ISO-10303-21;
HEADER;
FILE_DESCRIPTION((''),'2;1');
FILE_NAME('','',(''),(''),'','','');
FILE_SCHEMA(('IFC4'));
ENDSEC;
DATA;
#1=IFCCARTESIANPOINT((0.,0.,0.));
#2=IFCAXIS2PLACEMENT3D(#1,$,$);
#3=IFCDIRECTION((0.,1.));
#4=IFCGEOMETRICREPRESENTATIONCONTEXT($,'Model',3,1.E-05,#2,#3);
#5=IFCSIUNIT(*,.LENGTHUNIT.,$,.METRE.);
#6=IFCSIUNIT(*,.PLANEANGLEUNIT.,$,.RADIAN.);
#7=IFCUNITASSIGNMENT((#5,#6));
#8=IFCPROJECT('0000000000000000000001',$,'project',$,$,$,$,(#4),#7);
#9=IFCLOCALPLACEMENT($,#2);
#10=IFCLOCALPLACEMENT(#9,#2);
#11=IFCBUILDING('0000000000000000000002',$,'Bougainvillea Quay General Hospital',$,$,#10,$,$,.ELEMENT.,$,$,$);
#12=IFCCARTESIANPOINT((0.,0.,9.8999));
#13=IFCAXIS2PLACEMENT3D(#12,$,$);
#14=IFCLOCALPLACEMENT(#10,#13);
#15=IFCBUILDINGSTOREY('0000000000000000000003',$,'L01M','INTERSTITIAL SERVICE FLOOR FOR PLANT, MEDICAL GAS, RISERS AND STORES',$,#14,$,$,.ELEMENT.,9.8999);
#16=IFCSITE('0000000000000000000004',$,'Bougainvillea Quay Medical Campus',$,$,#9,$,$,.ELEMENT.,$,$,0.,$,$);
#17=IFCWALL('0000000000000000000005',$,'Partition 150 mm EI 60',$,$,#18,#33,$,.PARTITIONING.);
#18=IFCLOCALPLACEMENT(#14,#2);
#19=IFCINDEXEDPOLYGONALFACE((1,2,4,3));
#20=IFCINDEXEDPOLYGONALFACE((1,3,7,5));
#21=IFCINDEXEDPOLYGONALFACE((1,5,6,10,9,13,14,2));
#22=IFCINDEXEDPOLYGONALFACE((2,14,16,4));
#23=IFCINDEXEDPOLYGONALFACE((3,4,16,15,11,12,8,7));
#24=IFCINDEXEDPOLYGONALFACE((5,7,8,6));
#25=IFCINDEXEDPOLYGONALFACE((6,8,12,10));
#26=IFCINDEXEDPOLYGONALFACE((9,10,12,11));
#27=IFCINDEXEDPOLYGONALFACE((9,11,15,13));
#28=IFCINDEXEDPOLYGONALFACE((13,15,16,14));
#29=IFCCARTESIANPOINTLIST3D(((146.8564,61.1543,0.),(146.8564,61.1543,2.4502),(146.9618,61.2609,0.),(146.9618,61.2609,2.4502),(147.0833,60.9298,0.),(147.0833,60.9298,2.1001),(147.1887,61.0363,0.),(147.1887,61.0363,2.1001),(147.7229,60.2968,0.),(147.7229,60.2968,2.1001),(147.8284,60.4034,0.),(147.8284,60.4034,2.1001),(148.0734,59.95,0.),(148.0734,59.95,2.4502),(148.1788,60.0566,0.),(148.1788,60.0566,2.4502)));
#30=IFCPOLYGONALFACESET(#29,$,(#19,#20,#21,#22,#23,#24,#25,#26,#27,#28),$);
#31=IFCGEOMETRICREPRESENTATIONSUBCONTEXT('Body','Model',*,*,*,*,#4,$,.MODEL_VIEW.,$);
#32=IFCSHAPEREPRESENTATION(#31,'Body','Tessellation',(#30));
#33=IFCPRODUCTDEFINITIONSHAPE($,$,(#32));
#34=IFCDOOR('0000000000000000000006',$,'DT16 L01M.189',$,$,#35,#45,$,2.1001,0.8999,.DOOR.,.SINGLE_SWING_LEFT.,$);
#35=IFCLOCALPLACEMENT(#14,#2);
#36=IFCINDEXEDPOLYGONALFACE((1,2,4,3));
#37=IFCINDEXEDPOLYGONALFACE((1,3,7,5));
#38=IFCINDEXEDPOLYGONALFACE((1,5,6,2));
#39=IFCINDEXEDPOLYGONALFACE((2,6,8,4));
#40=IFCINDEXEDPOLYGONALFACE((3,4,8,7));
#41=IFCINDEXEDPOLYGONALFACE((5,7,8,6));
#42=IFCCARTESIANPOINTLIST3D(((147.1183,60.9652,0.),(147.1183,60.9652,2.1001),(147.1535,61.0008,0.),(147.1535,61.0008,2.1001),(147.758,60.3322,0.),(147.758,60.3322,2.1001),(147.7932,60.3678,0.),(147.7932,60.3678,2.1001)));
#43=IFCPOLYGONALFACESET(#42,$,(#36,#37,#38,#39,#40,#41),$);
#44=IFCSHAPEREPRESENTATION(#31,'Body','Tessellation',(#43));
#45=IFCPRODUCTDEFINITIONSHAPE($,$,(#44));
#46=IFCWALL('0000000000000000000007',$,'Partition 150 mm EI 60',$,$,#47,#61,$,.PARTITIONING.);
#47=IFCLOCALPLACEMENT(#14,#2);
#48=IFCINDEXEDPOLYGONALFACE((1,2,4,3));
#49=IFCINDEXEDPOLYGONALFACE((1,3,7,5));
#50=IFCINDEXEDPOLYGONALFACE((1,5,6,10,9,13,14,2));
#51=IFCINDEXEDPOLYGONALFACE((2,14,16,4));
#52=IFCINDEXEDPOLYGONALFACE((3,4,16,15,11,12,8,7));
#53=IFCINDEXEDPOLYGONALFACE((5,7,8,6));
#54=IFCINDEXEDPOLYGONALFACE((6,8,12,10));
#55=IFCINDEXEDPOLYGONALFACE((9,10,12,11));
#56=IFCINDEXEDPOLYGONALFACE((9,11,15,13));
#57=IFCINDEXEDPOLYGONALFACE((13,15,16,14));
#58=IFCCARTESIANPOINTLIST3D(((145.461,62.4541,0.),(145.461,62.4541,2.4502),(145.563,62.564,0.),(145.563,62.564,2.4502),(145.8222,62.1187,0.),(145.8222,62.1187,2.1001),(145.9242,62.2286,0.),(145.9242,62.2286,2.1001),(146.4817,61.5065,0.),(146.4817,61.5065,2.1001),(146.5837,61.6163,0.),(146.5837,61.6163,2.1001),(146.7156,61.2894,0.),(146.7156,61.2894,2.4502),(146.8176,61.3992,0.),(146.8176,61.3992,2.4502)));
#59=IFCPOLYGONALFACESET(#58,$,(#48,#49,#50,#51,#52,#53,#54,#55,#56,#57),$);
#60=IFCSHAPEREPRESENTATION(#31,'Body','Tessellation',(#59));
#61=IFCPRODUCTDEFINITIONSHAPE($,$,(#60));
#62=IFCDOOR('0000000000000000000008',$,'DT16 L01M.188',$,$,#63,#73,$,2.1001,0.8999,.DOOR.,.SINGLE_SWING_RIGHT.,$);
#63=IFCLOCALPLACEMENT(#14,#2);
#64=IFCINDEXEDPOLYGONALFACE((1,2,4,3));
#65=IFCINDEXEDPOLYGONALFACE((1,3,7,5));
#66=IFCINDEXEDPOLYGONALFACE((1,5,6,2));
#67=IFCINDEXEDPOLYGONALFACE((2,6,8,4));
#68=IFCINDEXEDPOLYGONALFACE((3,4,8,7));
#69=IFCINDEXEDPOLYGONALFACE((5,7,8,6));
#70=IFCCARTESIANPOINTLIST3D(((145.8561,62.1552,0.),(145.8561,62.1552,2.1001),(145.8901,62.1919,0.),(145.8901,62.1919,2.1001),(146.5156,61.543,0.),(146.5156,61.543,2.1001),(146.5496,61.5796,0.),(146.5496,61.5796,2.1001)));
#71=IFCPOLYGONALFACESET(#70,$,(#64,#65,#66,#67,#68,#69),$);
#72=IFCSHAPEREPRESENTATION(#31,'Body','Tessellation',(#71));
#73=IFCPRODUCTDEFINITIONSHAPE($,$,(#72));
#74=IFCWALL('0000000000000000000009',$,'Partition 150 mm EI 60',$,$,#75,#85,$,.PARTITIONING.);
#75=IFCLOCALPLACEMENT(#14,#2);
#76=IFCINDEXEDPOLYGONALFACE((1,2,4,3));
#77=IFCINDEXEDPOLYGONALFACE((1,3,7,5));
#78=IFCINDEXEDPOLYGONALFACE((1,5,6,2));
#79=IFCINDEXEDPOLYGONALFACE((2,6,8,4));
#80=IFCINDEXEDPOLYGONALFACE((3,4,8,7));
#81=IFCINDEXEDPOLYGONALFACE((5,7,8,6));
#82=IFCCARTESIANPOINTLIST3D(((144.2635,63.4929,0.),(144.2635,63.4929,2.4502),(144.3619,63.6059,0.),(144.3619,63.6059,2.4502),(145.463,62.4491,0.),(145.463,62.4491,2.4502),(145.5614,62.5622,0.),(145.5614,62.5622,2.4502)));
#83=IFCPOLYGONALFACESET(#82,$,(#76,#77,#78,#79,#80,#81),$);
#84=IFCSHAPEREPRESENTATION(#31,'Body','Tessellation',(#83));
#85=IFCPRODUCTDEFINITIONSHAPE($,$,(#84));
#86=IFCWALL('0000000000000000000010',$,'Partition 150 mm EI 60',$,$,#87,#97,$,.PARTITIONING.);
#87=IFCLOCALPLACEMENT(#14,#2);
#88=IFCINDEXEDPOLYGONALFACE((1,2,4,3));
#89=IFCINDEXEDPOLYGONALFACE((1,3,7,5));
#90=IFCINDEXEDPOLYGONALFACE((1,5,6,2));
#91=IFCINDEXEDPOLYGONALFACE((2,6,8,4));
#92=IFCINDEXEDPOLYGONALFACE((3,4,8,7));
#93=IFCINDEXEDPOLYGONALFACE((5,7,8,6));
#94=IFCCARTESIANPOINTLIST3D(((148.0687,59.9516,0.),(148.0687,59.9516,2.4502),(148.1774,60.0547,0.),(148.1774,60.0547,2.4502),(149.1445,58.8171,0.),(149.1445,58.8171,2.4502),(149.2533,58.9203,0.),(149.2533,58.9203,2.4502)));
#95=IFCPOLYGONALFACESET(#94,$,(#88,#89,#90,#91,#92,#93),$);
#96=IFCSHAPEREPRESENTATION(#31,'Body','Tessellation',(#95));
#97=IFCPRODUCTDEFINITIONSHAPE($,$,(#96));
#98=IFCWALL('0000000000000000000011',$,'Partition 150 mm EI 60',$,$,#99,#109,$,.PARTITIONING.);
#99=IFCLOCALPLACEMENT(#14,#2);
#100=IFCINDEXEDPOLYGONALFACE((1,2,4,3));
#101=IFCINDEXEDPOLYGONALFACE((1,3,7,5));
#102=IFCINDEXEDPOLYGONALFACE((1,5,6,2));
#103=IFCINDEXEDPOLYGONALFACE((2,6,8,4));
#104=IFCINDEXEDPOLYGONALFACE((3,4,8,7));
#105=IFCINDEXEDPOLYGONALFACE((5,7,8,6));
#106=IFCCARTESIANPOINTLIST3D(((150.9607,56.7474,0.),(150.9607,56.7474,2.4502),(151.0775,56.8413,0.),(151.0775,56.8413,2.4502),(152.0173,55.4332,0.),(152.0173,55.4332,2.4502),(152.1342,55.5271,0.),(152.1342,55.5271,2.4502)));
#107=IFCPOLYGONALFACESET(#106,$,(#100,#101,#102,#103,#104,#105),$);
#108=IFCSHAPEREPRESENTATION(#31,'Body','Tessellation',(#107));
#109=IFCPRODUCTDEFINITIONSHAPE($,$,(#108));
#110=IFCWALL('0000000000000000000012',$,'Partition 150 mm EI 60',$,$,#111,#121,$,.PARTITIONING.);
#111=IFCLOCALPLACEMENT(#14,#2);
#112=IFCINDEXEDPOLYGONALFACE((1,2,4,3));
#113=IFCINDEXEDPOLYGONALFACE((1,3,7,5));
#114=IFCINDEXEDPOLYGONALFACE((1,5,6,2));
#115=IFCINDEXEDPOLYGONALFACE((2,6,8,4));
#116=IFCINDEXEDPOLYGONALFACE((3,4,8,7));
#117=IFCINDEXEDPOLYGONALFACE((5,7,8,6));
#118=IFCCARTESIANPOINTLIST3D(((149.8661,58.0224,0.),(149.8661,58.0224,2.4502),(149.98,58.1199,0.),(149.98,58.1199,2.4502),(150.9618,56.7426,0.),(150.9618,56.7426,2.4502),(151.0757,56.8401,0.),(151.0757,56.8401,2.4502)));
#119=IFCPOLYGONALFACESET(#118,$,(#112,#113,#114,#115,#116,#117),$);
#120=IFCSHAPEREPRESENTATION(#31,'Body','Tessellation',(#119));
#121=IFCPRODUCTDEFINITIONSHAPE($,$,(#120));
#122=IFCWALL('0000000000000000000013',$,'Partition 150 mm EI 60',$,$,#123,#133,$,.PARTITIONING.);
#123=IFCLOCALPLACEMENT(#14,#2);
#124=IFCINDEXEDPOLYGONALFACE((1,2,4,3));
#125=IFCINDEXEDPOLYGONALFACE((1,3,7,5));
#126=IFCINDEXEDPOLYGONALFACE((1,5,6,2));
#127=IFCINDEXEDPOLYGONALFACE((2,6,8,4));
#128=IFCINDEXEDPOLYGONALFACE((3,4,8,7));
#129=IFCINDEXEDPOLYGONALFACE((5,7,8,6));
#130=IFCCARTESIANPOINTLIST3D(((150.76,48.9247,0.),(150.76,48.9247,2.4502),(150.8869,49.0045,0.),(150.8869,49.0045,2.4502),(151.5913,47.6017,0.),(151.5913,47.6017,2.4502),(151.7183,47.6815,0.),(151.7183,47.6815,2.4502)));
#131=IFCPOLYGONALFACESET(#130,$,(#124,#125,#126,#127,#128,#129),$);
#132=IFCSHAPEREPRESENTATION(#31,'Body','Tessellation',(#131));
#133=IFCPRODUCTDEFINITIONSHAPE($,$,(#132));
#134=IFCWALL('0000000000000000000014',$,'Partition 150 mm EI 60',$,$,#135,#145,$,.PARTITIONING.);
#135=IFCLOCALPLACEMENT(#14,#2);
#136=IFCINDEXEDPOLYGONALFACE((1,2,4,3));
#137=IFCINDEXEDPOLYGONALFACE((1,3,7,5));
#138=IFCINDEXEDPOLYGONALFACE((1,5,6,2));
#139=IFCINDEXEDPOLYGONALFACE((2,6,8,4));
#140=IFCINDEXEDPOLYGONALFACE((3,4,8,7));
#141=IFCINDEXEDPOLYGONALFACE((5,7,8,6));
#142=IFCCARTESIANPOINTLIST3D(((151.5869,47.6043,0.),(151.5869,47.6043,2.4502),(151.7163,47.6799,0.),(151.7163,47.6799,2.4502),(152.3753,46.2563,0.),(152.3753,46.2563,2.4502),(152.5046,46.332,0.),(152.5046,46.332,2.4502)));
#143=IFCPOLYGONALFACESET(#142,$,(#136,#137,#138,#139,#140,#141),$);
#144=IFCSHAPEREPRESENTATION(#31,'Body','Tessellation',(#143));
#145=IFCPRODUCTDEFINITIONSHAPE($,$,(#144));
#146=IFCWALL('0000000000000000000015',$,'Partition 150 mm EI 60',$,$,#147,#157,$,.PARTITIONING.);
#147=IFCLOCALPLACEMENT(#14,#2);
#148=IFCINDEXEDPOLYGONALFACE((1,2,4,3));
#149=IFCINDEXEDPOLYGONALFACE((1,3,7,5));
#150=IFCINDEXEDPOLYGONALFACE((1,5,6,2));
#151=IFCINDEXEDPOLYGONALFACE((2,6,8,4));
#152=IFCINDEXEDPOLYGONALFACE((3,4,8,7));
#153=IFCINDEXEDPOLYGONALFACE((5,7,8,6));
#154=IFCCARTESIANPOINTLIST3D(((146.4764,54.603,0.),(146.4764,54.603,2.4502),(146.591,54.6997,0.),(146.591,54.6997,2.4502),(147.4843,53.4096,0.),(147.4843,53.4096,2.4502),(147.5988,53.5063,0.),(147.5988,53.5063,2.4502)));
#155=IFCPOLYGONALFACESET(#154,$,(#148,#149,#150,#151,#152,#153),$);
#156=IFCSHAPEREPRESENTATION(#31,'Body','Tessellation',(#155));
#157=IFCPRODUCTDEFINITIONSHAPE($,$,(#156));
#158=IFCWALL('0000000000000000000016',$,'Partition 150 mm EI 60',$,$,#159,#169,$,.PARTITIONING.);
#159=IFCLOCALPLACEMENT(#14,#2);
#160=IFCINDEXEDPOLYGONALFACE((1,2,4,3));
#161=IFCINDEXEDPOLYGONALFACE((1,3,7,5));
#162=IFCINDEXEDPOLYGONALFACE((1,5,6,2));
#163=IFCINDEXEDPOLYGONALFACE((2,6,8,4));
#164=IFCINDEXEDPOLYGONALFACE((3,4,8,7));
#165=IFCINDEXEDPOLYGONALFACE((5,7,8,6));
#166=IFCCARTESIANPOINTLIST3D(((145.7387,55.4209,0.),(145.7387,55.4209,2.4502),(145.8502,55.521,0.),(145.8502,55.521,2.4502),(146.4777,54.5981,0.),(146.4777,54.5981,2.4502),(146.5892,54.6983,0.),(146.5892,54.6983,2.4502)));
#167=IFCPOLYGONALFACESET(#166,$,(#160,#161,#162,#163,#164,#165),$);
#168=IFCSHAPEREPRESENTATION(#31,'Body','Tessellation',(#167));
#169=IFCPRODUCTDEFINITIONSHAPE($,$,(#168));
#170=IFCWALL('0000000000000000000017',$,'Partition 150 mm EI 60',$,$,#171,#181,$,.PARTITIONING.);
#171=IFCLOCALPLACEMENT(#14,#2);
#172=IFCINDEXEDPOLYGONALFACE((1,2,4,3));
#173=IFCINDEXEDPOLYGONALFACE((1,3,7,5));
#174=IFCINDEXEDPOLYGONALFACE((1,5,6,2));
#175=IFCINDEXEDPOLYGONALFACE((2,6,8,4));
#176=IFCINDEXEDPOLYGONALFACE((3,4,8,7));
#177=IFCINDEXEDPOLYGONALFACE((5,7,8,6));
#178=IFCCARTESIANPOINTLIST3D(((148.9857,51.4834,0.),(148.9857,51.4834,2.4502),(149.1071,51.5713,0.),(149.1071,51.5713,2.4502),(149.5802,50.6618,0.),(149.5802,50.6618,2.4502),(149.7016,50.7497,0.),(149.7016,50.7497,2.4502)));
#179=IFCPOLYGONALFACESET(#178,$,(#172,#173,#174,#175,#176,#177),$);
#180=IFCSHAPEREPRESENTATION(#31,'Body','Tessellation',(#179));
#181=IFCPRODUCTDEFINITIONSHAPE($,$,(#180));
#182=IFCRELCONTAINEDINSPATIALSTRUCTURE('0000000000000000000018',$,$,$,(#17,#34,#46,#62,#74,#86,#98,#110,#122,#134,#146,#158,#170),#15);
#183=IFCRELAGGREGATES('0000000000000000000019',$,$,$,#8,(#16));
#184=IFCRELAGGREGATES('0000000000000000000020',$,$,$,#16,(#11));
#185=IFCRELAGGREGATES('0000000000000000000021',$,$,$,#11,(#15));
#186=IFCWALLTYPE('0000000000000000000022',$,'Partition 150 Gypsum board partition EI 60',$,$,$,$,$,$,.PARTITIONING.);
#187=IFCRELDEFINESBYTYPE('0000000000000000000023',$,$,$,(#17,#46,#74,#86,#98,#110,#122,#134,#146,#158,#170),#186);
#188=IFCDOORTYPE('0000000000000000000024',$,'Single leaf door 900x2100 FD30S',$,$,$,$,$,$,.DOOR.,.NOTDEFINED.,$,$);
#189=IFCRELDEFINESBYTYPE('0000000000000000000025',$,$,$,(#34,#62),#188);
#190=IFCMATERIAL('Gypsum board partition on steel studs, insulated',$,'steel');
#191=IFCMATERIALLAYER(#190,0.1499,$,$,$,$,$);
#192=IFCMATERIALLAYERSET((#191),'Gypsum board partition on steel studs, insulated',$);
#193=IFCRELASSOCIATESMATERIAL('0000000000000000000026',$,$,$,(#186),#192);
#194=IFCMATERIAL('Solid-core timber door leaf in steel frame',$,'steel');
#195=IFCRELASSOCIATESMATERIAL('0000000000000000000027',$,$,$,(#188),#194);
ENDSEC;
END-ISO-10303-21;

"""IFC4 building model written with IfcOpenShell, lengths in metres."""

from ifc_helpers import new_model, si_unit, direction, frame, frame_2d, origin, place, context, subcontext, project, spatial, rectangle, extrude, material, layer, layer_set, type_object, element, fill, save


model = new_model("IFC4")

# Units and contexts
model_context = context("Model", 3, precision=1e-05, world=origin(), true_north=direction((0.0, 1.0)))
body_context = subcontext(model_context, "Body", "Model", "MODEL_VIEW")
ifc_project = project(units=[si_unit("LENGTHUNIT", "METRE"), si_unit("PLANEANGLEUNIT", "RADIAN")], contexts=[model_context])

# Site, building, storey
site_placement = place(None, origin())
site = spatial("IfcSite", under=ifc_project, at=site_placement, Name="Bougainvillea Quay Medical Campus", CompositionType="ELEMENT", RefElevation=0.0)
building_placement = place(site_placement, origin())
building = spatial("IfcBuilding", under=site, at=building_placement, Name="Bougainvillea Quay General Hospital", CompositionType="ELEMENT")
storey_placement = place(building_placement, frame((0.0, 0.0, 9.8999)))
storey = spatial("IfcBuildingStorey", under=building, at=storey_placement, Name="L01M", Description="INTERSTITIAL SERVICE FLOOR FOR PLANT, MEDICAL GAS, RISERS AND STORES", CompositionType="ELEMENT", Elevation=9.8999)

# Walls, openings, doors
ifc_material_1 = material(Name="Gypsum board partition on steel studs, insulated", Category="steel")
ifc_layer_1 = layer(ifc_material_1, 0.1499)
ifc_layer_set_1 = layer_set([ifc_layer_1], Name="Gypsum board partition on steel studs, insulated")
wall_type_1 = type_object("IfcWallType", Name="Partition 150 Gypsum board partition EI 60", PredefinedType="PARTITIONING", material=ifc_layer_set_1)
ifc_material_2 = material(Name="Solid-core timber door leaf in steel frame", Category="steel")
door_type = type_object("IfcDoorType", Name="Single leaf door 900x2100 FD30S", OperationType="NOTDEFINED", PredefinedType="DOOR", material=ifc_material_2)
wall_1_placement = place(storey_placement, frame((146.9092, 61.2075, 0.0), z_axis=(0.0, 0.0, 1.0), x_axis=(0.710804, -0.70339, 0.0)))
wall_1 = element("IfcWall", 1, at=wall_1_placement, inside=storey, type_object=wall_type_1, Name="Partition 150 mm EI 60", PredefinedType="PARTITIONING", context=body_context, shape_type="SweptSolid", body=[
    extrude(rectangle(XDim=1.7122, YDim=0.1499, at=frame_2d((0.856, 0.0))), origin(), (0.0, 0.0, 1.0), 2.4502),
])
opening_1_placement = place(wall_1_placement, frame((0.3191, 0.0, 0.0)))
opening_1 = element("IfcOpeningElement", 2, at=opening_1_placement, cuts=wall_1, PredefinedType="OPENING", context=body_context, shape_type="SweptSolid", body=[
    extrude(rectangle(XDim=0.8999, YDim=2.1001, at=frame_2d((0.45, 1.05))), frame((0.0, 0.085, 0.0), z_axis=(0.0, -1.0, 0.0), x_axis=(1.0, 0.0, 0.0)), (0.0, 0.0, 1.0), 0.1699),
])
door_1_placement = place(opening_1_placement, origin())
door_1 = element("IfcDoor", 3, at=door_1_placement, inside=storey, type_object=door_type, Name="DT16 L01M.189", OperationType="SINGLE_SWING_LEFT", OverallHeight=2.1001, OverallWidth=0.8999, PredefinedType="DOOR", context=body_context, shape_type="SweptSolid", body=[
    extrude(rectangle(XDim=0.8999, YDim=2.1001, at=frame_2d((0.45, 1.05))), frame((0.0, 0.0249, 0.0), z_axis=(0.0, -1.0, 0.0), x_axis=(1.0, 0.0, 0.0)), (0.0, 0.0, 1.0), 0.05),
])
fill(opening_1, door_1)
wall_2_placement = place(storey_placement, frame((145.512, 62.509, 0.0), z_axis=(0.0, 0.0, 1.0), x_axis=(0.73286, -0.68038, 0.0)))
wall_2 = element("IfcWall", 4, at=wall_2_placement, inside=storey, type_object=wall_type_1, Name="Partition 150 mm EI 60", PredefinedType="PARTITIONING", context=body_context, shape_type="SweptSolid", body=[
    extrude(rectangle(XDim=1.7119, YDim=0.1499, at=frame_2d((0.856, 0.0))), origin(), (0.0, 0.0, 1.0), 2.4502),
])
opening_2_placement = place(wall_2_placement, frame((0.4929, 0.0, 0.0)))
opening_2 = element("IfcOpeningElement", 5, at=opening_2_placement, cuts=wall_2, PredefinedType="OPENING", context=body_context, shape_type="SweptSolid", body=[
    extrude(rectangle(XDim=0.8999, YDim=2.1001, at=frame_2d((0.45, 1.05))), frame((0.0, 0.085, 0.0), z_axis=(0.0, -1.0, 0.0), x_axis=(1.0, 0.0, 0.0)), (0.0, 0.0, 1.0), 0.1699),
])
door_2_placement = place(opening_2_placement, origin())
door_2 = element("IfcDoor", 6, at=door_2_placement, inside=storey, type_object=door_type, Name="DT16 L01M.188", OperationType="SINGLE_SWING_RIGHT", OverallHeight=2.1001, OverallWidth=0.8999, PredefinedType="DOOR", context=body_context, shape_type="SweptSolid", body=[
    extrude(rectangle(XDim=0.8999, YDim=2.1001, at=frame_2d((0.45, 1.05))), frame((0.0, 0.0249, 0.0), z_axis=(0.0, -1.0, 0.0), x_axis=(1.0, 0.0, 0.0)), (0.0, 0.0, 1.0), 0.05),
])
fill(opening_2, door_2)

# Walls
wall_3_placement = place(storey_placement, frame((144.3127, 63.5493, 0.0), z_axis=(0.0, 0.0, 1.0), x_axis=(0.754391, -0.656426, 0.0)))
element("IfcWall", 7, at=wall_3_placement, inside=storey, type_object=wall_type_1, Name="Partition 150 mm EI 60", PredefinedType="PARTITIONING", context=body_context, shape_type="SweptSolid", body=[
    extrude(rectangle(XDim=1.5901, YDim=0.1499, at=frame_2d((0.7949, 0.0))), origin(), (0.0, 0.0, 1.0), 2.4502),
])
wall_4_placement = place(storey_placement, frame((148.123, 60.0032, 0.0), z_axis=(0.0, 0.0, 1.0), x_axis=(0.688121, -0.725596, 0.0)))
element("IfcWall", 8, at=wall_4_placement, inside=storey, type_object=wall_type_1, Name="Partition 150 mm EI 60", PredefinedType="PARTITIONING", context=body_context, shape_type="SweptSolid", body=[
    extrude(rectangle(XDim=1.5635, YDim=0.1499, at=frame_2d((0.7817, 0.0))), origin(), (0.0, 0.0, 1.0), 2.4502),
])
wall_5_placement = place(storey_placement, frame((151.019, 56.7944, 0.0), z_axis=(0.0, 0.0, 1.0), x_axis=(0.6266, -0.779341, 0.0)))
element("IfcWall", 9, at=wall_5_placement, inside=storey, type_object=wall_type_1, Name="Partition 150 mm EI 60", PredefinedType="PARTITIONING", context=body_context, shape_type="SweptSolid", body=[
    extrude(rectangle(XDim=1.6863, YDim=0.1499, at=frame_2d((0.8433, 0.0))), origin(), (0.0, 0.0, 1.0), 2.4502),
])
wall_6_placement = place(storey_placement, frame((149.9231, 58.071, 0.0), z_axis=(0.0, 0.0, 1.0), x_axis=(0.650362, -0.759625, 0.0)))
element("IfcWall", 10, at=wall_6_placement, inside=storey, type_object=wall_type_1, Name="Partition 150 mm EI 60", PredefinedType="PARTITIONING", context=body_context, shape_type="SweptSolid", body=[
    extrude(rectangle(XDim=1.6848, YDim=0.1499, at=frame_2d((0.8423, 0.0))), origin(), (0.0, 0.0, 1.0), 2.4502),
])
wall_7_placement = place(storey_placement, frame((150.8235, 48.9646, 0.0), z_axis=(0.0, 0.0, 1.0), x_axis=(0.532034, -0.846723, 0.0)))
element("IfcWall", 11, at=wall_7_placement, inside=storey, type_object=wall_type_1, Name="Partition 150 mm EI 60", PredefinedType="PARTITIONING", context=body_context, shape_type="SweptSolid", body=[
    extrude(rectangle(XDim=1.5625, YDim=0.1499, at=frame_2d((0.7812, 0.0))), origin(), (0.0, 0.0, 1.0), 2.4502),
])
wall_8_placement = place(storey_placement, frame((151.6516, 47.6421, 0.0), z_axis=(0.0, 0.0, 1.0), x_axis=(0.504853, -0.863206, 0.0)))
element("IfcWall", 12, at=wall_8_placement, inside=storey, type_object=wall_type_1, Name="Partition 150 mm EI 60", PredefinedType="PARTITIONING", context=body_context, shape_type="SweptSolid", body=[
    extrude(rectangle(XDim=1.5615, YDim=0.1499, at=frame_2d((0.7808, 0.0))), origin(), (0.0, 0.0, 1.0), 2.4502),
])
wall_9_placement = place(storey_placement, frame((146.5337, 54.6514, 0.0), z_axis=(0.0, 0.0, 1.0), x_axis=(0.645213, -0.764003, 0.0)))
element("IfcWall", 13, at=wall_9_placement, inside=storey, type_object=wall_type_1, Name="Partition 150 mm EI 60", PredefinedType="PARTITIONING", context=body_context, shape_type="SweptSolid", body=[
    extrude(rectangle(XDim=1.562, YDim=0.1499, at=frame_2d((0.781, 0.0))), origin(), (0.0, 0.0, 1.0), 2.4502),
])
wall_10_placement = place(storey_placement, frame((145.7944, 55.4709, 0.0), z_axis=(0.0, 0.0, 1.0), x_axis=(0.668233, -0.743952, 0.0)))
element("IfcWall", 14, at=wall_10_placement, inside=storey, type_object=wall_type_1, Name="Partition 150 mm EI 60", PredefinedType="PARTITIONING", context=body_context, shape_type="SweptSolid", body=[
    extrude(rectangle(XDim=1.106, YDim=0.1499, at=frame_2d((0.553, 0.0))), origin(), (0.0, 0.0, 1.0), 2.4502),
])
wall_11_placement = place(storey_placement, frame((149.0464, 51.5273, 0.0), z_axis=(0.0, 0.0, 1.0), x_axis=(0.586237, -0.810139, 0.0)))
element("IfcWall", 15, at=wall_11_placement, inside=storey, type_object=wall_type_1, Name="Partition 150 mm EI 60", PredefinedType="PARTITIONING", context=body_context, shape_type="SweptSolid", body=[
    extrude(rectangle(XDim=1.0142, YDim=0.1499, at=frame_2d((0.5071, 0.0))), origin(), (0.0, 0.0, 1.0), 2.4502),
])

save(model, "model.ifc")
